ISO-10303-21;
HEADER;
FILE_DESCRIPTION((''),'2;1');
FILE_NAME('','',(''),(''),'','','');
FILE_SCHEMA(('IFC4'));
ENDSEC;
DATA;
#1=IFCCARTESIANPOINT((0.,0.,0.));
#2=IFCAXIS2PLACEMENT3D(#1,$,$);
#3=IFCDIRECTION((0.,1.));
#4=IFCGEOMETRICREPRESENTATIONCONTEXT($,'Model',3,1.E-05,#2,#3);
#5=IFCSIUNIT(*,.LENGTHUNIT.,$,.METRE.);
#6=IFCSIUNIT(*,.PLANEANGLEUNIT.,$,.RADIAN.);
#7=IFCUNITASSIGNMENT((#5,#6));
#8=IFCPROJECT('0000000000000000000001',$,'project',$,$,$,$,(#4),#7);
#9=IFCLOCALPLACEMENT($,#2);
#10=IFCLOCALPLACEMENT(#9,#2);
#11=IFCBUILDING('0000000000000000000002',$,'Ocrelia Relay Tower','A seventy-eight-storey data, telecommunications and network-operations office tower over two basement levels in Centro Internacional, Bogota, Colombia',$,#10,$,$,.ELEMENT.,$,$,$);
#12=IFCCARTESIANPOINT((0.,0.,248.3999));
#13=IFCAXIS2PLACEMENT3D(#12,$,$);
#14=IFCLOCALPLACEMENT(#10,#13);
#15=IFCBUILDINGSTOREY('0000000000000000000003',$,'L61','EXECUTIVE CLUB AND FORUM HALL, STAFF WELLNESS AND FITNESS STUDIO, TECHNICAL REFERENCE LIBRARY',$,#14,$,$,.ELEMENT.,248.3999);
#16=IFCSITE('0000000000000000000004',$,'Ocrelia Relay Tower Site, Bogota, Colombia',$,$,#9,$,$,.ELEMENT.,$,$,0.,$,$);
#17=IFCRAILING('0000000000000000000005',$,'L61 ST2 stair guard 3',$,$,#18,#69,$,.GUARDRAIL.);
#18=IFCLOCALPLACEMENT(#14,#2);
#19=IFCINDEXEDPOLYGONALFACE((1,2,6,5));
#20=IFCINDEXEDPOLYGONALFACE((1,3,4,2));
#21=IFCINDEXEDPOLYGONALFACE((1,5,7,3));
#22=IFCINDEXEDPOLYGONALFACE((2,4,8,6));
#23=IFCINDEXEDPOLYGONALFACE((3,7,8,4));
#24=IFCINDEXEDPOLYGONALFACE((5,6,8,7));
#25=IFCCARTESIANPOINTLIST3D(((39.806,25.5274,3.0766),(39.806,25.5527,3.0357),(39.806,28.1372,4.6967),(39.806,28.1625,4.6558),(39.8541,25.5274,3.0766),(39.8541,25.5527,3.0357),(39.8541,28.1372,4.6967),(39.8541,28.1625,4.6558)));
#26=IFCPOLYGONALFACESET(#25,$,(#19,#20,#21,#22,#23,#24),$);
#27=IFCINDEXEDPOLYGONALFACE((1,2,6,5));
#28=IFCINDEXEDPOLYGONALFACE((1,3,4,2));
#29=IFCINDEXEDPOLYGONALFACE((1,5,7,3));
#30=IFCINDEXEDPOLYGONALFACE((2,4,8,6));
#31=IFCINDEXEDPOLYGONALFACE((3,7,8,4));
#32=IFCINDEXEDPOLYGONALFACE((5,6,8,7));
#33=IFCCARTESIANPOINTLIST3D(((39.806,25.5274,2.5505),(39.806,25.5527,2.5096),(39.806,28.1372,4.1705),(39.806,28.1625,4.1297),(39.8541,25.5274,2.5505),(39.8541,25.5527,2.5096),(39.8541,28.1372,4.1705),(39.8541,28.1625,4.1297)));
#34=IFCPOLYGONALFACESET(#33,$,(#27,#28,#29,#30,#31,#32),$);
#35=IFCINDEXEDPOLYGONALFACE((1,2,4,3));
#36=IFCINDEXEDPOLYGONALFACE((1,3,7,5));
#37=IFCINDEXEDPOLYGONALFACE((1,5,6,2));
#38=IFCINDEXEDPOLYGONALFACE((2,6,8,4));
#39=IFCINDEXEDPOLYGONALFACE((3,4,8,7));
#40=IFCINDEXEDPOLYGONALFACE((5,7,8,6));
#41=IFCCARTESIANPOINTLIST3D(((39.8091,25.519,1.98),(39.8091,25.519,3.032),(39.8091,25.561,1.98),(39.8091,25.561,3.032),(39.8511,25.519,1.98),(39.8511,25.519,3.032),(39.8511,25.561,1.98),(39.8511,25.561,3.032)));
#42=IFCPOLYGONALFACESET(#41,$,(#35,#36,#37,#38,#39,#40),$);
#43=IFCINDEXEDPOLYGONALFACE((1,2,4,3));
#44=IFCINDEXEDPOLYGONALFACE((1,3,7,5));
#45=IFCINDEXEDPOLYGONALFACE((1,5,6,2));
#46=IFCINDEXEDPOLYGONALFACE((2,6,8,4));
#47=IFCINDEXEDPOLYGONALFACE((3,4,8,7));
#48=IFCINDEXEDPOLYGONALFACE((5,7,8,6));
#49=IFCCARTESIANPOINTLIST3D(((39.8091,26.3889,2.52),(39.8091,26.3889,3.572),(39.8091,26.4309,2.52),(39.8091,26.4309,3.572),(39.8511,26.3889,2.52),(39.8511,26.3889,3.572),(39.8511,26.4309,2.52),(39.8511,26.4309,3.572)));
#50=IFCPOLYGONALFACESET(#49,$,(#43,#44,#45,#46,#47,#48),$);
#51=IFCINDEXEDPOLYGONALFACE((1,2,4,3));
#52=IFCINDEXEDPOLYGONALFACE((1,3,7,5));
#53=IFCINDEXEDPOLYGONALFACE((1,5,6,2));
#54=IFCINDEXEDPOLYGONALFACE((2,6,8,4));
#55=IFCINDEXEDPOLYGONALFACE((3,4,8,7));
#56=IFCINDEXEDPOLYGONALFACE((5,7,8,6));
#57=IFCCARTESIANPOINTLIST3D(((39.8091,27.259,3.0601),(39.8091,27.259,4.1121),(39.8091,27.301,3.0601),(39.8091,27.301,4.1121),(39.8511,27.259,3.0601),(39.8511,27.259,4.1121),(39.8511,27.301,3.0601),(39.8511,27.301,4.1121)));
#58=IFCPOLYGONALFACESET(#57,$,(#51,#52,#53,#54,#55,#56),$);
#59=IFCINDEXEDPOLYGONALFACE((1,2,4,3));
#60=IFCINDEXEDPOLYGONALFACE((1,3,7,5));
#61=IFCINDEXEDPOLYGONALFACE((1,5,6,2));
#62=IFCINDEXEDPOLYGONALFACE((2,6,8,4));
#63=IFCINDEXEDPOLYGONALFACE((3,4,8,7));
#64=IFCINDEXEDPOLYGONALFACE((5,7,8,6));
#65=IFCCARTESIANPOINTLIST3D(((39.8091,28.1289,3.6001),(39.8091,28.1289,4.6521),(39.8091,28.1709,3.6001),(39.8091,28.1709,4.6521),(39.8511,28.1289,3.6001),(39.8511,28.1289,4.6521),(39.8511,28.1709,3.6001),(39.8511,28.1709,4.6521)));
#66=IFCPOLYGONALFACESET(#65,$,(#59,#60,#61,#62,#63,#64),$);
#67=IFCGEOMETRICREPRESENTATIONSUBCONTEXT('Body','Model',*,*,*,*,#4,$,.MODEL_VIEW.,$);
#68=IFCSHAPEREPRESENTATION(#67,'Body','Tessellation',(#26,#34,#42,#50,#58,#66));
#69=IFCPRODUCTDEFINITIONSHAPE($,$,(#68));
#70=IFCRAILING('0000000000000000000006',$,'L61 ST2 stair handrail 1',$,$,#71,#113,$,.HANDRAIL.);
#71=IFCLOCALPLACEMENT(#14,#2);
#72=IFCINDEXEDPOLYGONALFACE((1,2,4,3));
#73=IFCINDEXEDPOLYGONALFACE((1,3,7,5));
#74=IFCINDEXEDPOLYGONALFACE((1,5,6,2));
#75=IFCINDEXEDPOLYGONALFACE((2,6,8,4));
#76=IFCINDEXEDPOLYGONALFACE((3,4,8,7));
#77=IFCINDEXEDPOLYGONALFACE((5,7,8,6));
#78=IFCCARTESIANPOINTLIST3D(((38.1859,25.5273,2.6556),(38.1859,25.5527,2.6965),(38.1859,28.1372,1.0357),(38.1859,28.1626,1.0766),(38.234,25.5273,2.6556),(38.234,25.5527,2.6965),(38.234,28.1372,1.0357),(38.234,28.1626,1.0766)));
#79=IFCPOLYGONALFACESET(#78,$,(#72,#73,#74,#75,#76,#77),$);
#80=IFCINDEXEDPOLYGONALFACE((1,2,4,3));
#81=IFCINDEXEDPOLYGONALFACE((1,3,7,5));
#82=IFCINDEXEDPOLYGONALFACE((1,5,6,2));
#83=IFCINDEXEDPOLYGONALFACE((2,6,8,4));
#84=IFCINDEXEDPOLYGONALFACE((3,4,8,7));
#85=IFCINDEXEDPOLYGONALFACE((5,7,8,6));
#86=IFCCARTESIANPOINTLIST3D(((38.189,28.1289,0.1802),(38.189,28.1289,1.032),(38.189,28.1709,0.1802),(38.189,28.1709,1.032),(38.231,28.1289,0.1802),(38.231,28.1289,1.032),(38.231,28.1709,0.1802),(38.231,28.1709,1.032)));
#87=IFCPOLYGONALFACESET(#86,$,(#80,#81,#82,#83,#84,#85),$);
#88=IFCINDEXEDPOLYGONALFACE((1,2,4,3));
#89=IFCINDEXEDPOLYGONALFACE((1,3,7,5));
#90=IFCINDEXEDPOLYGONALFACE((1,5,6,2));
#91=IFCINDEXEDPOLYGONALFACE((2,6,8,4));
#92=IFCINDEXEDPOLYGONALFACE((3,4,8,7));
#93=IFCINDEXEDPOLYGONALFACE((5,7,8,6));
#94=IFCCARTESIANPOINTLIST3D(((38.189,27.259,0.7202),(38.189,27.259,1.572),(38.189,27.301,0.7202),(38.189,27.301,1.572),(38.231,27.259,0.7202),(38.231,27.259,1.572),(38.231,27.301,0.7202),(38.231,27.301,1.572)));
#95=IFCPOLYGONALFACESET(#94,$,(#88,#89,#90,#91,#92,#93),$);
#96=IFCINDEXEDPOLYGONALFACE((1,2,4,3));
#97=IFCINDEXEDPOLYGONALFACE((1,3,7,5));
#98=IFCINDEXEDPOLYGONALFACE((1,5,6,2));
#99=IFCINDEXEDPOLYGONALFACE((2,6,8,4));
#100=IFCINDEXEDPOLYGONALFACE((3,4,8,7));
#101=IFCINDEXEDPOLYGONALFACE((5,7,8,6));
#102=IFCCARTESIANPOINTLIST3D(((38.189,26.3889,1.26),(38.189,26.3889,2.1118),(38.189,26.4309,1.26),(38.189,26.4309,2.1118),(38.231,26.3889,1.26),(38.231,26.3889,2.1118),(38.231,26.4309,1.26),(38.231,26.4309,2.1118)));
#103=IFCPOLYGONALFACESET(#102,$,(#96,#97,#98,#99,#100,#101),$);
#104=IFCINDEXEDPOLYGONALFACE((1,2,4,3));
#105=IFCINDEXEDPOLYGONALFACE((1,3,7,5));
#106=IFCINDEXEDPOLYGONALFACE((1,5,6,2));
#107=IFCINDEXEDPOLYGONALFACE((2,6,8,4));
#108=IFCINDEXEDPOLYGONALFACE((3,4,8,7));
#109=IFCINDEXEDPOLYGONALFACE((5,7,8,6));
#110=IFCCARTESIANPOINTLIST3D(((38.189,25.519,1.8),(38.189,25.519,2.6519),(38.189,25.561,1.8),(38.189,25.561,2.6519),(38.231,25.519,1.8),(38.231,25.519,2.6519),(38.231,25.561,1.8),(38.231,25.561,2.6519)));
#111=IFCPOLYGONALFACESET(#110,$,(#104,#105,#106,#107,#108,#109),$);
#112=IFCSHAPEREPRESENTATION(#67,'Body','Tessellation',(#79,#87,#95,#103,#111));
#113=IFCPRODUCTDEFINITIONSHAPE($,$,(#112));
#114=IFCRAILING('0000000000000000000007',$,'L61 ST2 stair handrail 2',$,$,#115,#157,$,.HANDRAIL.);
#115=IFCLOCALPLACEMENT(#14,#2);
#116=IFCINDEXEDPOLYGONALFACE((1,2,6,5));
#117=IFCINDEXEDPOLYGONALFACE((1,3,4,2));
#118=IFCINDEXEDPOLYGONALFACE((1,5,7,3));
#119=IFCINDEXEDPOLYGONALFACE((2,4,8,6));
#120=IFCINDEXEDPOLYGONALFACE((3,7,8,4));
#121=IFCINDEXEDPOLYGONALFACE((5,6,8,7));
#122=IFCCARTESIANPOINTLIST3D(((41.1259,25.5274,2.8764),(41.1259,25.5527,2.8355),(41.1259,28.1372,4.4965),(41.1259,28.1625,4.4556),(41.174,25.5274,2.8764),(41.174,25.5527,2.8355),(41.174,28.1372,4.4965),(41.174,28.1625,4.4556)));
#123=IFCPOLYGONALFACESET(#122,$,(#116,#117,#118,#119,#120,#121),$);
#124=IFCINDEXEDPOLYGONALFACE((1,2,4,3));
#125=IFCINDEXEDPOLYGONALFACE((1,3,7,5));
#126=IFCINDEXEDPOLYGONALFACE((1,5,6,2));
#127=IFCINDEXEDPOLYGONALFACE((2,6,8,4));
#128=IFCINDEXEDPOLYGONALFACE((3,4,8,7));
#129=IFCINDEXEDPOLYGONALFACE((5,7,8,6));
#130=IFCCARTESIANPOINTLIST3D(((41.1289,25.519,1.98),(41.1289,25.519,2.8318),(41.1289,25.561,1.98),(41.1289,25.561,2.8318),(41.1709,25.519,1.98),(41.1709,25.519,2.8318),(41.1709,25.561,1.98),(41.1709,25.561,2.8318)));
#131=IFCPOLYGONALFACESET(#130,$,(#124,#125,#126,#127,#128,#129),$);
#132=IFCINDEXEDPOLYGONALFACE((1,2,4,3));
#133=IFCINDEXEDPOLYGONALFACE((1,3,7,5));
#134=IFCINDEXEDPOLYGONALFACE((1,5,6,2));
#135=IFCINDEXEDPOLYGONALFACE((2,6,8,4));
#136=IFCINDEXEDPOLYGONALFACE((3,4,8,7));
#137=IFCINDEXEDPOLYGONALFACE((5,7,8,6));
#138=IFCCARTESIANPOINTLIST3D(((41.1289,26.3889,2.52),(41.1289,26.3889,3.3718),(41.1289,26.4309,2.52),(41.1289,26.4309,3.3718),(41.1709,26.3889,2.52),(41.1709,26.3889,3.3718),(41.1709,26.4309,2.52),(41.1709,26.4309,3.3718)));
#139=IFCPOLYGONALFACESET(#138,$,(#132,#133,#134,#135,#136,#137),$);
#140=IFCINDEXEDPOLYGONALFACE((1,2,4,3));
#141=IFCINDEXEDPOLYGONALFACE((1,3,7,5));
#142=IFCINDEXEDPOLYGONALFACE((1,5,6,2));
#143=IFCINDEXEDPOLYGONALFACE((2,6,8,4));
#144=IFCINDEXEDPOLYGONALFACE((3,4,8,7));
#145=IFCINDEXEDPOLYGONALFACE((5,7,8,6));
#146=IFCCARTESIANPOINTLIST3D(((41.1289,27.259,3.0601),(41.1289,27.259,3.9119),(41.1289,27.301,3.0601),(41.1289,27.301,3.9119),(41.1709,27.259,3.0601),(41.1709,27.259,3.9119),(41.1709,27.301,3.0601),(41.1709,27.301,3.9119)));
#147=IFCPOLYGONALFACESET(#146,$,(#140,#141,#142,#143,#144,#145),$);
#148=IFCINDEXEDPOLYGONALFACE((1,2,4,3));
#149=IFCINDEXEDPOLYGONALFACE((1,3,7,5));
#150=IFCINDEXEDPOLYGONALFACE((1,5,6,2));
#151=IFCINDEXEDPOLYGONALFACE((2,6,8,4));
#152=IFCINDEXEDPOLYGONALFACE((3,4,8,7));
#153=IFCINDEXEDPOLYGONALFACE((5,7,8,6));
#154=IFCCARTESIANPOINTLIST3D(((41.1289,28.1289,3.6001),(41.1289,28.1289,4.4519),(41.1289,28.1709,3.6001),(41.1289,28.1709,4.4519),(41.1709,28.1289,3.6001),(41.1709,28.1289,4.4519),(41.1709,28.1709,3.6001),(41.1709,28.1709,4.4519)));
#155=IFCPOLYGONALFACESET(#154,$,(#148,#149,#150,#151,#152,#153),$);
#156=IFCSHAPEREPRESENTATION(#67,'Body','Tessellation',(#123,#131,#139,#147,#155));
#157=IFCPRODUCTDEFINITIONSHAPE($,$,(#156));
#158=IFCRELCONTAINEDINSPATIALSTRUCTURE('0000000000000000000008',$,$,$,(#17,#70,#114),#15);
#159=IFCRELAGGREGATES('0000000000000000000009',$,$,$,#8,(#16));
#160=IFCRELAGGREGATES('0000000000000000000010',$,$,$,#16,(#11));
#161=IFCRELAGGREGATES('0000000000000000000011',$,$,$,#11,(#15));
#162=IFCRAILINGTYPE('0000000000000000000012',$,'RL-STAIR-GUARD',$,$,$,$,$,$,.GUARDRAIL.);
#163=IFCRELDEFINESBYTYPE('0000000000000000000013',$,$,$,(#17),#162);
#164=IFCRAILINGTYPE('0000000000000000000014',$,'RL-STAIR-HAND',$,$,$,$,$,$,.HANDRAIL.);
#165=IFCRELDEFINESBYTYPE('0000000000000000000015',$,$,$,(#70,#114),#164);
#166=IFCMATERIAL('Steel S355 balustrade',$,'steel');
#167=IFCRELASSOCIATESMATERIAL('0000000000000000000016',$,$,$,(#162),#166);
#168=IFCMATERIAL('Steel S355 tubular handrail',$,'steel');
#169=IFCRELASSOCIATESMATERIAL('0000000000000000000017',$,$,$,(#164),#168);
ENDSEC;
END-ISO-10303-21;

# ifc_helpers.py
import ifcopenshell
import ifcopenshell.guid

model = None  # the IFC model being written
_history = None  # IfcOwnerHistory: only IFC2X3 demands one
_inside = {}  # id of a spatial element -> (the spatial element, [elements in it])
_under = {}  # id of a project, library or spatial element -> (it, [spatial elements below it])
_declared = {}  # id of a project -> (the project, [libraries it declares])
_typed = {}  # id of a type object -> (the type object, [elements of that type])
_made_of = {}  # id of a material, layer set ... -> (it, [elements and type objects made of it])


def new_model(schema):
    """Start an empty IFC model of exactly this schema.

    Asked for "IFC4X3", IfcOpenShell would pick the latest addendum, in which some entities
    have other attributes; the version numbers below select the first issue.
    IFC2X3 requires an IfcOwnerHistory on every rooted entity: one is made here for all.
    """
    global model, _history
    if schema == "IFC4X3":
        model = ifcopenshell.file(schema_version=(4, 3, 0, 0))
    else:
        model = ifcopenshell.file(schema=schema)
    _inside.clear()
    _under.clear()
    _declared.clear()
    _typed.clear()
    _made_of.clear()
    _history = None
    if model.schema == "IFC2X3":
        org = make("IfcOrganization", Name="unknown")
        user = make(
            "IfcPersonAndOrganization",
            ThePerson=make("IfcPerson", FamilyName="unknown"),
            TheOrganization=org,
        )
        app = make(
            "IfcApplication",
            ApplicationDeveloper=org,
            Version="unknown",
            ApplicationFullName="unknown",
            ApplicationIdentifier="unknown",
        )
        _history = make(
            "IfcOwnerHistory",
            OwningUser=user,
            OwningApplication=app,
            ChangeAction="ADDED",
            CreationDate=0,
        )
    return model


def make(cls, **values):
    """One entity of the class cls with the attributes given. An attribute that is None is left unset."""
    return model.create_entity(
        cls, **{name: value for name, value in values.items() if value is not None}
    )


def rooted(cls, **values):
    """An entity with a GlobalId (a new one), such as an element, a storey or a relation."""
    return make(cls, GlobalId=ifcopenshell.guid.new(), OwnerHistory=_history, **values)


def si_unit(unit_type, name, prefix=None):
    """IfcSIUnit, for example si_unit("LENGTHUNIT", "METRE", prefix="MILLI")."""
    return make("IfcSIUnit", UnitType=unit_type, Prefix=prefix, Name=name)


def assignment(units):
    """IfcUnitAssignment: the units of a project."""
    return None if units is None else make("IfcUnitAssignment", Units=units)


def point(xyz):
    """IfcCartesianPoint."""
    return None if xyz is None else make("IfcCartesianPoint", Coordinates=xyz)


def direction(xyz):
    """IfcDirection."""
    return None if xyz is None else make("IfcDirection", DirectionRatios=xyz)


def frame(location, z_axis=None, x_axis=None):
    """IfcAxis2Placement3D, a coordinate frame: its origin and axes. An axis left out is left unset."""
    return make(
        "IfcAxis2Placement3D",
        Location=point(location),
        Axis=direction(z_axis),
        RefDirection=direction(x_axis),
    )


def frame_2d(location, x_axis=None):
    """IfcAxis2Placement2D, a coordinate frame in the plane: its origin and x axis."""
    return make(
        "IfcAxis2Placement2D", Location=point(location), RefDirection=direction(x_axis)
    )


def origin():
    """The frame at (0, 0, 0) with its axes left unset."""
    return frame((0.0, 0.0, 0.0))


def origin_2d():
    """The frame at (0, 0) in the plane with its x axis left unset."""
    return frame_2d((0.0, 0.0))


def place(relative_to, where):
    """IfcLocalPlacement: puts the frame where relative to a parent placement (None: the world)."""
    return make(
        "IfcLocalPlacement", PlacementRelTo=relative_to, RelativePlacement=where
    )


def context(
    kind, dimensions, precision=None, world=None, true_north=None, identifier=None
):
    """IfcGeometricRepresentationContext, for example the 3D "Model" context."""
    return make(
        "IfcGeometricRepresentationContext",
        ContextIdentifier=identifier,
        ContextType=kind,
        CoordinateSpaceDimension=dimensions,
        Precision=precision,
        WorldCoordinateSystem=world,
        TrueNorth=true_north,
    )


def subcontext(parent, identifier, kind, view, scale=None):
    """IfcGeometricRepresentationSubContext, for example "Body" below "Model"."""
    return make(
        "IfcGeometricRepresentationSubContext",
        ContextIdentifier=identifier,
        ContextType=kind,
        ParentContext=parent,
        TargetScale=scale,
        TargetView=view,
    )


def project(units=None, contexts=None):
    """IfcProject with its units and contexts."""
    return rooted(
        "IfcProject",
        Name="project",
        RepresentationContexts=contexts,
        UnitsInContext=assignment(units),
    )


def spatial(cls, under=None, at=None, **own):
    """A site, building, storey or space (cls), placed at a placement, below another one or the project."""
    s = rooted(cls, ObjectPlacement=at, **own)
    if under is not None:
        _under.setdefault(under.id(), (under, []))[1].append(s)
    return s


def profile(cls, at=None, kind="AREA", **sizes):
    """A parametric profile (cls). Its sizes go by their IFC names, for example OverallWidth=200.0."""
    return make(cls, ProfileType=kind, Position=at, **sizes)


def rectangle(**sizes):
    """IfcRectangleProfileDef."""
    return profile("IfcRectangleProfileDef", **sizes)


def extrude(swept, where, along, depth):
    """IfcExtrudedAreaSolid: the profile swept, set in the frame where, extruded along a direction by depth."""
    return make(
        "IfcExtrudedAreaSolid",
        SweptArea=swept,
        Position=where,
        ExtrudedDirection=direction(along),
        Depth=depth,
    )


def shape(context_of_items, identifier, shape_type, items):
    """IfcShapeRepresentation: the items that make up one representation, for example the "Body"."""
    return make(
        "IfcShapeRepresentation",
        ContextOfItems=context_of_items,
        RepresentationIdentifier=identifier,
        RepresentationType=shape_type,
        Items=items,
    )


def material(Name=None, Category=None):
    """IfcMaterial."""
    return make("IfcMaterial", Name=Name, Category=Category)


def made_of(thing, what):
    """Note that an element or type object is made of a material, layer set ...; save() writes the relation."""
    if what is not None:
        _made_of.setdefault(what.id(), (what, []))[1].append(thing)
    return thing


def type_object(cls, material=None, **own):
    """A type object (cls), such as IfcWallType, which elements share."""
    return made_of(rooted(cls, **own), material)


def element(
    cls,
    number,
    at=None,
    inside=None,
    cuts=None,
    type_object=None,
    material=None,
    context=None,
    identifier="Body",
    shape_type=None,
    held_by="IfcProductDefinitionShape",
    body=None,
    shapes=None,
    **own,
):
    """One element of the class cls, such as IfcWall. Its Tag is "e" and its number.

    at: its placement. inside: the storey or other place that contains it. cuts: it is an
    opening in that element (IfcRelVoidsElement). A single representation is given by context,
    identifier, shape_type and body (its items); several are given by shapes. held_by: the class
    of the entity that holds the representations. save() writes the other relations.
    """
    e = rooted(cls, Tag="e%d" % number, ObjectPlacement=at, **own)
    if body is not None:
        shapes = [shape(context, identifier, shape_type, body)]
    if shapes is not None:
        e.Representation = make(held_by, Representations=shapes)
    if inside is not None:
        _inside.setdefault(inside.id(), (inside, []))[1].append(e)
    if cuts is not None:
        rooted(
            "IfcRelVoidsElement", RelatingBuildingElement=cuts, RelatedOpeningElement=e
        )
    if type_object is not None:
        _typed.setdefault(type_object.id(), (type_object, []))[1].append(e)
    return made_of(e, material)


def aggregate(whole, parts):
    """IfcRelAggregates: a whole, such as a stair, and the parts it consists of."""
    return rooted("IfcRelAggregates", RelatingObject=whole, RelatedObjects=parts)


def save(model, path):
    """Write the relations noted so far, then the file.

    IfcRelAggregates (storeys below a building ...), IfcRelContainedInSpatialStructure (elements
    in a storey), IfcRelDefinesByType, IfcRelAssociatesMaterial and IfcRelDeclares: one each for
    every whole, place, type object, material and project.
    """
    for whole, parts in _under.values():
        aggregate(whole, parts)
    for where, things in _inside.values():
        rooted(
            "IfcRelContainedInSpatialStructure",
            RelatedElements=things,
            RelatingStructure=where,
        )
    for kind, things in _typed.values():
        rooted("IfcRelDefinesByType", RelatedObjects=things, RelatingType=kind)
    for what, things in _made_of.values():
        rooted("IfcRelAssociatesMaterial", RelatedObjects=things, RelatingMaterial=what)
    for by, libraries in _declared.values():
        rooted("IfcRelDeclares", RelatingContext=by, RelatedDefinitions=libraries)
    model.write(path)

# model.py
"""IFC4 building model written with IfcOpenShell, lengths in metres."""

from ifc_helpers import new_model, si_unit, direction, frame, origin, origin_2d, place, context, subcontext, project, spatial, rectangle, extrude, material, type_object, element, save


model = new_model("IFC4")

# Units and contexts
model_context = context("Model", 3, precision=1e-05, world=origin(), true_north=direction((0.0, 1.0)))
body_context = subcontext(model_context, "Body", "Model", "MODEL_VIEW")
ifc_project = project(units=[si_unit("LENGTHUNIT", "METRE"), si_unit("PLANEANGLEUNIT", "RADIAN")], contexts=[model_context])

# Site, building, storey
site_placement = place(None, origin())
site = spatial("IfcSite", under=ifc_project, at=site_placement, Name="Ocrelia Relay Tower Site, Bogota, Colombia", CompositionType="ELEMENT", RefElevation=0.0)
building_placement = place(site_placement, origin())
building = spatial("IfcBuilding", under=site, at=building_placement, Name="Ocrelia Relay Tower", Description="A seventy-eight-storey data, telecommunications and network-operations office tower over two basement levels in Centro Internacional, Bogota, Colombia", CompositionType="ELEMENT")
storey_placement = place(building_placement, frame((0.0, 0.0, 248.3999)))
storey = spatial("IfcBuildingStorey", under=building, at=storey_placement, Name="L61", Description="EXECUTIVE CLUB AND FORUM HALL, STAFF WELLNESS AND FITNESS STUDIO, TECHNICAL REFERENCE LIBRARY", CompositionType="ELEMENT", Elevation=248.3999)

# Railings
ifc_material_1 = material(Name="Steel S355 balustrade", Category="steel")
railing_type_1 = type_object("IfcRailingType", Name="RL-STAIR-GUARD", PredefinedType="GUARDRAIL", material=ifc_material_1)
railing_1_placement = place(storey_placement, frame((39.8301, 25.54, 1.98)))
element("IfcRailing", 1, at=railing_1_placement, inside=storey, type_object=railing_type_1, Name="L61 ST2 stair guard 3", PredefinedType="GUARDRAIL", context=body_context, shape_type="SweptSolid", body=[
    extrude(rectangle(XDim=0.0481, YDim=0.0481, at=origin_2d()), frame((0.0, 0.0, 1.0762), z_axis=(0.0, 0.849611, 0.52741), x_axis=(-1.0, 0.0, 0.0)), (0.0, 0.0, 1.0), 3.0718),
    extrude(rectangle(XDim=0.0481, YDim=0.0481, at=origin_2d()), frame((0.0, 0.0, 0.55), z_axis=(0.0, 0.849611, 0.52741), x_axis=(-1.0, 0.0, 0.0)), (0.0, 0.0, 1.0), 3.0718),
    extrude(rectangle(XDim=0.042, YDim=0.042, at=origin_2d()), origin(), (0.0, 0.0, 1.0), 1.052),
    extrude(rectangle(XDim=0.042, YDim=0.042, at=origin_2d()), frame((0.0, 0.8699, 0.54)), (0.0, 0.0, 1.0), 1.052),
    extrude(rectangle(XDim=0.042, YDim=0.042, at=origin_2d()), frame((0.0, 1.74, 1.0801)), (0.0, 0.0, 1.0), 1.052),
    extrude(rectangle(XDim=0.042, YDim=0.042, at=origin_2d()), frame((0.0, 2.6099, 1.6201)), (0.0, 0.0, 1.0), 1.052),
])
ifc_material_2 = material(Name="Steel S355 tubular handrail", Category="steel")
railing_type_2 = type_object("IfcRailingType", Name="RL-STAIR-HAND", PredefinedType="HANDRAIL", material=ifc_material_2)
railing_2_placement = place(storey_placement, frame((38.21, 28.1499, 0.1802)))
element("IfcRailing", 2, at=railing_2_placement, inside=storey, type_object=railing_type_2, Name="L61 ST2 stair handrail 1", PredefinedType="HANDRAIL", context=body_context, shape_type="SweptSolid", body=[
    extrude(rectangle(XDim=0.0481, YDim=0.0481, at=origin_2d()), frame((0.0, 0.0, 0.876), z_axis=(0.0, -0.849646, 0.527353), x_axis=(1.0, 0.0, 0.0)), (0.0, 0.0, 1.0), 3.0718),
    extrude(rectangle(XDim=0.042, YDim=0.042, at=origin_2d()), origin(), (0.0, 0.0, 1.0), 0.8518),
    extrude(rectangle(XDim=0.042, YDim=0.042, at=origin_2d()), frame((0.0, -0.8699, 0.54)), (0.0, 0.0, 1.0), 0.8518),
    extrude(rectangle(XDim=0.042, YDim=0.042, at=origin_2d()), frame((0.0, -1.74, 1.0798)), (0.0, 0.0, 1.0), 0.8518),
    extrude(rectangle(XDim=0.042, YDim=0.042, at=origin_2d()), frame((0.0, -2.6099, 1.6199)), (0.0, 0.0, 1.0), 0.8518),
])
railing_3_placement = place(storey_placement, frame((41.1499, 25.54, 1.98)))
element("IfcRailing", 3, at=railing_3_placement, inside=storey, type_object=railing_type_2, Name="L61 ST2 stair handrail 2", PredefinedType="HANDRAIL", context=body_context, shape_type="SweptSolid", body=[
    extrude(rectangle(XDim=0.0481, YDim=0.0481, at=origin_2d()), frame((0.0, 0.0, 0.876), z_axis=(0.0, 0.849611, 0.52741), x_axis=(-1.0, 0.0, 0.0)), (0.0, 0.0, 1.0), 3.0718),
    extrude(rectangle(XDim=0.042, YDim=0.042, at=origin_2d()), origin(), (0.0, 0.0, 1.0), 0.8518),
    extrude(rectangle(XDim=0.042, YDim=0.042, at=origin_2d()), frame((0.0, 0.8699, 0.54)), (0.0, 0.0, 1.0), 0.8518),
    extrude(rectangle(XDim=0.042, YDim=0.042, at=origin_2d()), frame((0.0, 1.74, 1.0801)), (0.0, 0.0, 1.0), 0.8518),
    extrude(rectangle(XDim=0.042, YDim=0.042, at=origin_2d()), frame((0.0, 2.6099, 1.6201)), (0.0, 0.0, 1.0), 0.8518),
])

save(model, "model.ifc")
